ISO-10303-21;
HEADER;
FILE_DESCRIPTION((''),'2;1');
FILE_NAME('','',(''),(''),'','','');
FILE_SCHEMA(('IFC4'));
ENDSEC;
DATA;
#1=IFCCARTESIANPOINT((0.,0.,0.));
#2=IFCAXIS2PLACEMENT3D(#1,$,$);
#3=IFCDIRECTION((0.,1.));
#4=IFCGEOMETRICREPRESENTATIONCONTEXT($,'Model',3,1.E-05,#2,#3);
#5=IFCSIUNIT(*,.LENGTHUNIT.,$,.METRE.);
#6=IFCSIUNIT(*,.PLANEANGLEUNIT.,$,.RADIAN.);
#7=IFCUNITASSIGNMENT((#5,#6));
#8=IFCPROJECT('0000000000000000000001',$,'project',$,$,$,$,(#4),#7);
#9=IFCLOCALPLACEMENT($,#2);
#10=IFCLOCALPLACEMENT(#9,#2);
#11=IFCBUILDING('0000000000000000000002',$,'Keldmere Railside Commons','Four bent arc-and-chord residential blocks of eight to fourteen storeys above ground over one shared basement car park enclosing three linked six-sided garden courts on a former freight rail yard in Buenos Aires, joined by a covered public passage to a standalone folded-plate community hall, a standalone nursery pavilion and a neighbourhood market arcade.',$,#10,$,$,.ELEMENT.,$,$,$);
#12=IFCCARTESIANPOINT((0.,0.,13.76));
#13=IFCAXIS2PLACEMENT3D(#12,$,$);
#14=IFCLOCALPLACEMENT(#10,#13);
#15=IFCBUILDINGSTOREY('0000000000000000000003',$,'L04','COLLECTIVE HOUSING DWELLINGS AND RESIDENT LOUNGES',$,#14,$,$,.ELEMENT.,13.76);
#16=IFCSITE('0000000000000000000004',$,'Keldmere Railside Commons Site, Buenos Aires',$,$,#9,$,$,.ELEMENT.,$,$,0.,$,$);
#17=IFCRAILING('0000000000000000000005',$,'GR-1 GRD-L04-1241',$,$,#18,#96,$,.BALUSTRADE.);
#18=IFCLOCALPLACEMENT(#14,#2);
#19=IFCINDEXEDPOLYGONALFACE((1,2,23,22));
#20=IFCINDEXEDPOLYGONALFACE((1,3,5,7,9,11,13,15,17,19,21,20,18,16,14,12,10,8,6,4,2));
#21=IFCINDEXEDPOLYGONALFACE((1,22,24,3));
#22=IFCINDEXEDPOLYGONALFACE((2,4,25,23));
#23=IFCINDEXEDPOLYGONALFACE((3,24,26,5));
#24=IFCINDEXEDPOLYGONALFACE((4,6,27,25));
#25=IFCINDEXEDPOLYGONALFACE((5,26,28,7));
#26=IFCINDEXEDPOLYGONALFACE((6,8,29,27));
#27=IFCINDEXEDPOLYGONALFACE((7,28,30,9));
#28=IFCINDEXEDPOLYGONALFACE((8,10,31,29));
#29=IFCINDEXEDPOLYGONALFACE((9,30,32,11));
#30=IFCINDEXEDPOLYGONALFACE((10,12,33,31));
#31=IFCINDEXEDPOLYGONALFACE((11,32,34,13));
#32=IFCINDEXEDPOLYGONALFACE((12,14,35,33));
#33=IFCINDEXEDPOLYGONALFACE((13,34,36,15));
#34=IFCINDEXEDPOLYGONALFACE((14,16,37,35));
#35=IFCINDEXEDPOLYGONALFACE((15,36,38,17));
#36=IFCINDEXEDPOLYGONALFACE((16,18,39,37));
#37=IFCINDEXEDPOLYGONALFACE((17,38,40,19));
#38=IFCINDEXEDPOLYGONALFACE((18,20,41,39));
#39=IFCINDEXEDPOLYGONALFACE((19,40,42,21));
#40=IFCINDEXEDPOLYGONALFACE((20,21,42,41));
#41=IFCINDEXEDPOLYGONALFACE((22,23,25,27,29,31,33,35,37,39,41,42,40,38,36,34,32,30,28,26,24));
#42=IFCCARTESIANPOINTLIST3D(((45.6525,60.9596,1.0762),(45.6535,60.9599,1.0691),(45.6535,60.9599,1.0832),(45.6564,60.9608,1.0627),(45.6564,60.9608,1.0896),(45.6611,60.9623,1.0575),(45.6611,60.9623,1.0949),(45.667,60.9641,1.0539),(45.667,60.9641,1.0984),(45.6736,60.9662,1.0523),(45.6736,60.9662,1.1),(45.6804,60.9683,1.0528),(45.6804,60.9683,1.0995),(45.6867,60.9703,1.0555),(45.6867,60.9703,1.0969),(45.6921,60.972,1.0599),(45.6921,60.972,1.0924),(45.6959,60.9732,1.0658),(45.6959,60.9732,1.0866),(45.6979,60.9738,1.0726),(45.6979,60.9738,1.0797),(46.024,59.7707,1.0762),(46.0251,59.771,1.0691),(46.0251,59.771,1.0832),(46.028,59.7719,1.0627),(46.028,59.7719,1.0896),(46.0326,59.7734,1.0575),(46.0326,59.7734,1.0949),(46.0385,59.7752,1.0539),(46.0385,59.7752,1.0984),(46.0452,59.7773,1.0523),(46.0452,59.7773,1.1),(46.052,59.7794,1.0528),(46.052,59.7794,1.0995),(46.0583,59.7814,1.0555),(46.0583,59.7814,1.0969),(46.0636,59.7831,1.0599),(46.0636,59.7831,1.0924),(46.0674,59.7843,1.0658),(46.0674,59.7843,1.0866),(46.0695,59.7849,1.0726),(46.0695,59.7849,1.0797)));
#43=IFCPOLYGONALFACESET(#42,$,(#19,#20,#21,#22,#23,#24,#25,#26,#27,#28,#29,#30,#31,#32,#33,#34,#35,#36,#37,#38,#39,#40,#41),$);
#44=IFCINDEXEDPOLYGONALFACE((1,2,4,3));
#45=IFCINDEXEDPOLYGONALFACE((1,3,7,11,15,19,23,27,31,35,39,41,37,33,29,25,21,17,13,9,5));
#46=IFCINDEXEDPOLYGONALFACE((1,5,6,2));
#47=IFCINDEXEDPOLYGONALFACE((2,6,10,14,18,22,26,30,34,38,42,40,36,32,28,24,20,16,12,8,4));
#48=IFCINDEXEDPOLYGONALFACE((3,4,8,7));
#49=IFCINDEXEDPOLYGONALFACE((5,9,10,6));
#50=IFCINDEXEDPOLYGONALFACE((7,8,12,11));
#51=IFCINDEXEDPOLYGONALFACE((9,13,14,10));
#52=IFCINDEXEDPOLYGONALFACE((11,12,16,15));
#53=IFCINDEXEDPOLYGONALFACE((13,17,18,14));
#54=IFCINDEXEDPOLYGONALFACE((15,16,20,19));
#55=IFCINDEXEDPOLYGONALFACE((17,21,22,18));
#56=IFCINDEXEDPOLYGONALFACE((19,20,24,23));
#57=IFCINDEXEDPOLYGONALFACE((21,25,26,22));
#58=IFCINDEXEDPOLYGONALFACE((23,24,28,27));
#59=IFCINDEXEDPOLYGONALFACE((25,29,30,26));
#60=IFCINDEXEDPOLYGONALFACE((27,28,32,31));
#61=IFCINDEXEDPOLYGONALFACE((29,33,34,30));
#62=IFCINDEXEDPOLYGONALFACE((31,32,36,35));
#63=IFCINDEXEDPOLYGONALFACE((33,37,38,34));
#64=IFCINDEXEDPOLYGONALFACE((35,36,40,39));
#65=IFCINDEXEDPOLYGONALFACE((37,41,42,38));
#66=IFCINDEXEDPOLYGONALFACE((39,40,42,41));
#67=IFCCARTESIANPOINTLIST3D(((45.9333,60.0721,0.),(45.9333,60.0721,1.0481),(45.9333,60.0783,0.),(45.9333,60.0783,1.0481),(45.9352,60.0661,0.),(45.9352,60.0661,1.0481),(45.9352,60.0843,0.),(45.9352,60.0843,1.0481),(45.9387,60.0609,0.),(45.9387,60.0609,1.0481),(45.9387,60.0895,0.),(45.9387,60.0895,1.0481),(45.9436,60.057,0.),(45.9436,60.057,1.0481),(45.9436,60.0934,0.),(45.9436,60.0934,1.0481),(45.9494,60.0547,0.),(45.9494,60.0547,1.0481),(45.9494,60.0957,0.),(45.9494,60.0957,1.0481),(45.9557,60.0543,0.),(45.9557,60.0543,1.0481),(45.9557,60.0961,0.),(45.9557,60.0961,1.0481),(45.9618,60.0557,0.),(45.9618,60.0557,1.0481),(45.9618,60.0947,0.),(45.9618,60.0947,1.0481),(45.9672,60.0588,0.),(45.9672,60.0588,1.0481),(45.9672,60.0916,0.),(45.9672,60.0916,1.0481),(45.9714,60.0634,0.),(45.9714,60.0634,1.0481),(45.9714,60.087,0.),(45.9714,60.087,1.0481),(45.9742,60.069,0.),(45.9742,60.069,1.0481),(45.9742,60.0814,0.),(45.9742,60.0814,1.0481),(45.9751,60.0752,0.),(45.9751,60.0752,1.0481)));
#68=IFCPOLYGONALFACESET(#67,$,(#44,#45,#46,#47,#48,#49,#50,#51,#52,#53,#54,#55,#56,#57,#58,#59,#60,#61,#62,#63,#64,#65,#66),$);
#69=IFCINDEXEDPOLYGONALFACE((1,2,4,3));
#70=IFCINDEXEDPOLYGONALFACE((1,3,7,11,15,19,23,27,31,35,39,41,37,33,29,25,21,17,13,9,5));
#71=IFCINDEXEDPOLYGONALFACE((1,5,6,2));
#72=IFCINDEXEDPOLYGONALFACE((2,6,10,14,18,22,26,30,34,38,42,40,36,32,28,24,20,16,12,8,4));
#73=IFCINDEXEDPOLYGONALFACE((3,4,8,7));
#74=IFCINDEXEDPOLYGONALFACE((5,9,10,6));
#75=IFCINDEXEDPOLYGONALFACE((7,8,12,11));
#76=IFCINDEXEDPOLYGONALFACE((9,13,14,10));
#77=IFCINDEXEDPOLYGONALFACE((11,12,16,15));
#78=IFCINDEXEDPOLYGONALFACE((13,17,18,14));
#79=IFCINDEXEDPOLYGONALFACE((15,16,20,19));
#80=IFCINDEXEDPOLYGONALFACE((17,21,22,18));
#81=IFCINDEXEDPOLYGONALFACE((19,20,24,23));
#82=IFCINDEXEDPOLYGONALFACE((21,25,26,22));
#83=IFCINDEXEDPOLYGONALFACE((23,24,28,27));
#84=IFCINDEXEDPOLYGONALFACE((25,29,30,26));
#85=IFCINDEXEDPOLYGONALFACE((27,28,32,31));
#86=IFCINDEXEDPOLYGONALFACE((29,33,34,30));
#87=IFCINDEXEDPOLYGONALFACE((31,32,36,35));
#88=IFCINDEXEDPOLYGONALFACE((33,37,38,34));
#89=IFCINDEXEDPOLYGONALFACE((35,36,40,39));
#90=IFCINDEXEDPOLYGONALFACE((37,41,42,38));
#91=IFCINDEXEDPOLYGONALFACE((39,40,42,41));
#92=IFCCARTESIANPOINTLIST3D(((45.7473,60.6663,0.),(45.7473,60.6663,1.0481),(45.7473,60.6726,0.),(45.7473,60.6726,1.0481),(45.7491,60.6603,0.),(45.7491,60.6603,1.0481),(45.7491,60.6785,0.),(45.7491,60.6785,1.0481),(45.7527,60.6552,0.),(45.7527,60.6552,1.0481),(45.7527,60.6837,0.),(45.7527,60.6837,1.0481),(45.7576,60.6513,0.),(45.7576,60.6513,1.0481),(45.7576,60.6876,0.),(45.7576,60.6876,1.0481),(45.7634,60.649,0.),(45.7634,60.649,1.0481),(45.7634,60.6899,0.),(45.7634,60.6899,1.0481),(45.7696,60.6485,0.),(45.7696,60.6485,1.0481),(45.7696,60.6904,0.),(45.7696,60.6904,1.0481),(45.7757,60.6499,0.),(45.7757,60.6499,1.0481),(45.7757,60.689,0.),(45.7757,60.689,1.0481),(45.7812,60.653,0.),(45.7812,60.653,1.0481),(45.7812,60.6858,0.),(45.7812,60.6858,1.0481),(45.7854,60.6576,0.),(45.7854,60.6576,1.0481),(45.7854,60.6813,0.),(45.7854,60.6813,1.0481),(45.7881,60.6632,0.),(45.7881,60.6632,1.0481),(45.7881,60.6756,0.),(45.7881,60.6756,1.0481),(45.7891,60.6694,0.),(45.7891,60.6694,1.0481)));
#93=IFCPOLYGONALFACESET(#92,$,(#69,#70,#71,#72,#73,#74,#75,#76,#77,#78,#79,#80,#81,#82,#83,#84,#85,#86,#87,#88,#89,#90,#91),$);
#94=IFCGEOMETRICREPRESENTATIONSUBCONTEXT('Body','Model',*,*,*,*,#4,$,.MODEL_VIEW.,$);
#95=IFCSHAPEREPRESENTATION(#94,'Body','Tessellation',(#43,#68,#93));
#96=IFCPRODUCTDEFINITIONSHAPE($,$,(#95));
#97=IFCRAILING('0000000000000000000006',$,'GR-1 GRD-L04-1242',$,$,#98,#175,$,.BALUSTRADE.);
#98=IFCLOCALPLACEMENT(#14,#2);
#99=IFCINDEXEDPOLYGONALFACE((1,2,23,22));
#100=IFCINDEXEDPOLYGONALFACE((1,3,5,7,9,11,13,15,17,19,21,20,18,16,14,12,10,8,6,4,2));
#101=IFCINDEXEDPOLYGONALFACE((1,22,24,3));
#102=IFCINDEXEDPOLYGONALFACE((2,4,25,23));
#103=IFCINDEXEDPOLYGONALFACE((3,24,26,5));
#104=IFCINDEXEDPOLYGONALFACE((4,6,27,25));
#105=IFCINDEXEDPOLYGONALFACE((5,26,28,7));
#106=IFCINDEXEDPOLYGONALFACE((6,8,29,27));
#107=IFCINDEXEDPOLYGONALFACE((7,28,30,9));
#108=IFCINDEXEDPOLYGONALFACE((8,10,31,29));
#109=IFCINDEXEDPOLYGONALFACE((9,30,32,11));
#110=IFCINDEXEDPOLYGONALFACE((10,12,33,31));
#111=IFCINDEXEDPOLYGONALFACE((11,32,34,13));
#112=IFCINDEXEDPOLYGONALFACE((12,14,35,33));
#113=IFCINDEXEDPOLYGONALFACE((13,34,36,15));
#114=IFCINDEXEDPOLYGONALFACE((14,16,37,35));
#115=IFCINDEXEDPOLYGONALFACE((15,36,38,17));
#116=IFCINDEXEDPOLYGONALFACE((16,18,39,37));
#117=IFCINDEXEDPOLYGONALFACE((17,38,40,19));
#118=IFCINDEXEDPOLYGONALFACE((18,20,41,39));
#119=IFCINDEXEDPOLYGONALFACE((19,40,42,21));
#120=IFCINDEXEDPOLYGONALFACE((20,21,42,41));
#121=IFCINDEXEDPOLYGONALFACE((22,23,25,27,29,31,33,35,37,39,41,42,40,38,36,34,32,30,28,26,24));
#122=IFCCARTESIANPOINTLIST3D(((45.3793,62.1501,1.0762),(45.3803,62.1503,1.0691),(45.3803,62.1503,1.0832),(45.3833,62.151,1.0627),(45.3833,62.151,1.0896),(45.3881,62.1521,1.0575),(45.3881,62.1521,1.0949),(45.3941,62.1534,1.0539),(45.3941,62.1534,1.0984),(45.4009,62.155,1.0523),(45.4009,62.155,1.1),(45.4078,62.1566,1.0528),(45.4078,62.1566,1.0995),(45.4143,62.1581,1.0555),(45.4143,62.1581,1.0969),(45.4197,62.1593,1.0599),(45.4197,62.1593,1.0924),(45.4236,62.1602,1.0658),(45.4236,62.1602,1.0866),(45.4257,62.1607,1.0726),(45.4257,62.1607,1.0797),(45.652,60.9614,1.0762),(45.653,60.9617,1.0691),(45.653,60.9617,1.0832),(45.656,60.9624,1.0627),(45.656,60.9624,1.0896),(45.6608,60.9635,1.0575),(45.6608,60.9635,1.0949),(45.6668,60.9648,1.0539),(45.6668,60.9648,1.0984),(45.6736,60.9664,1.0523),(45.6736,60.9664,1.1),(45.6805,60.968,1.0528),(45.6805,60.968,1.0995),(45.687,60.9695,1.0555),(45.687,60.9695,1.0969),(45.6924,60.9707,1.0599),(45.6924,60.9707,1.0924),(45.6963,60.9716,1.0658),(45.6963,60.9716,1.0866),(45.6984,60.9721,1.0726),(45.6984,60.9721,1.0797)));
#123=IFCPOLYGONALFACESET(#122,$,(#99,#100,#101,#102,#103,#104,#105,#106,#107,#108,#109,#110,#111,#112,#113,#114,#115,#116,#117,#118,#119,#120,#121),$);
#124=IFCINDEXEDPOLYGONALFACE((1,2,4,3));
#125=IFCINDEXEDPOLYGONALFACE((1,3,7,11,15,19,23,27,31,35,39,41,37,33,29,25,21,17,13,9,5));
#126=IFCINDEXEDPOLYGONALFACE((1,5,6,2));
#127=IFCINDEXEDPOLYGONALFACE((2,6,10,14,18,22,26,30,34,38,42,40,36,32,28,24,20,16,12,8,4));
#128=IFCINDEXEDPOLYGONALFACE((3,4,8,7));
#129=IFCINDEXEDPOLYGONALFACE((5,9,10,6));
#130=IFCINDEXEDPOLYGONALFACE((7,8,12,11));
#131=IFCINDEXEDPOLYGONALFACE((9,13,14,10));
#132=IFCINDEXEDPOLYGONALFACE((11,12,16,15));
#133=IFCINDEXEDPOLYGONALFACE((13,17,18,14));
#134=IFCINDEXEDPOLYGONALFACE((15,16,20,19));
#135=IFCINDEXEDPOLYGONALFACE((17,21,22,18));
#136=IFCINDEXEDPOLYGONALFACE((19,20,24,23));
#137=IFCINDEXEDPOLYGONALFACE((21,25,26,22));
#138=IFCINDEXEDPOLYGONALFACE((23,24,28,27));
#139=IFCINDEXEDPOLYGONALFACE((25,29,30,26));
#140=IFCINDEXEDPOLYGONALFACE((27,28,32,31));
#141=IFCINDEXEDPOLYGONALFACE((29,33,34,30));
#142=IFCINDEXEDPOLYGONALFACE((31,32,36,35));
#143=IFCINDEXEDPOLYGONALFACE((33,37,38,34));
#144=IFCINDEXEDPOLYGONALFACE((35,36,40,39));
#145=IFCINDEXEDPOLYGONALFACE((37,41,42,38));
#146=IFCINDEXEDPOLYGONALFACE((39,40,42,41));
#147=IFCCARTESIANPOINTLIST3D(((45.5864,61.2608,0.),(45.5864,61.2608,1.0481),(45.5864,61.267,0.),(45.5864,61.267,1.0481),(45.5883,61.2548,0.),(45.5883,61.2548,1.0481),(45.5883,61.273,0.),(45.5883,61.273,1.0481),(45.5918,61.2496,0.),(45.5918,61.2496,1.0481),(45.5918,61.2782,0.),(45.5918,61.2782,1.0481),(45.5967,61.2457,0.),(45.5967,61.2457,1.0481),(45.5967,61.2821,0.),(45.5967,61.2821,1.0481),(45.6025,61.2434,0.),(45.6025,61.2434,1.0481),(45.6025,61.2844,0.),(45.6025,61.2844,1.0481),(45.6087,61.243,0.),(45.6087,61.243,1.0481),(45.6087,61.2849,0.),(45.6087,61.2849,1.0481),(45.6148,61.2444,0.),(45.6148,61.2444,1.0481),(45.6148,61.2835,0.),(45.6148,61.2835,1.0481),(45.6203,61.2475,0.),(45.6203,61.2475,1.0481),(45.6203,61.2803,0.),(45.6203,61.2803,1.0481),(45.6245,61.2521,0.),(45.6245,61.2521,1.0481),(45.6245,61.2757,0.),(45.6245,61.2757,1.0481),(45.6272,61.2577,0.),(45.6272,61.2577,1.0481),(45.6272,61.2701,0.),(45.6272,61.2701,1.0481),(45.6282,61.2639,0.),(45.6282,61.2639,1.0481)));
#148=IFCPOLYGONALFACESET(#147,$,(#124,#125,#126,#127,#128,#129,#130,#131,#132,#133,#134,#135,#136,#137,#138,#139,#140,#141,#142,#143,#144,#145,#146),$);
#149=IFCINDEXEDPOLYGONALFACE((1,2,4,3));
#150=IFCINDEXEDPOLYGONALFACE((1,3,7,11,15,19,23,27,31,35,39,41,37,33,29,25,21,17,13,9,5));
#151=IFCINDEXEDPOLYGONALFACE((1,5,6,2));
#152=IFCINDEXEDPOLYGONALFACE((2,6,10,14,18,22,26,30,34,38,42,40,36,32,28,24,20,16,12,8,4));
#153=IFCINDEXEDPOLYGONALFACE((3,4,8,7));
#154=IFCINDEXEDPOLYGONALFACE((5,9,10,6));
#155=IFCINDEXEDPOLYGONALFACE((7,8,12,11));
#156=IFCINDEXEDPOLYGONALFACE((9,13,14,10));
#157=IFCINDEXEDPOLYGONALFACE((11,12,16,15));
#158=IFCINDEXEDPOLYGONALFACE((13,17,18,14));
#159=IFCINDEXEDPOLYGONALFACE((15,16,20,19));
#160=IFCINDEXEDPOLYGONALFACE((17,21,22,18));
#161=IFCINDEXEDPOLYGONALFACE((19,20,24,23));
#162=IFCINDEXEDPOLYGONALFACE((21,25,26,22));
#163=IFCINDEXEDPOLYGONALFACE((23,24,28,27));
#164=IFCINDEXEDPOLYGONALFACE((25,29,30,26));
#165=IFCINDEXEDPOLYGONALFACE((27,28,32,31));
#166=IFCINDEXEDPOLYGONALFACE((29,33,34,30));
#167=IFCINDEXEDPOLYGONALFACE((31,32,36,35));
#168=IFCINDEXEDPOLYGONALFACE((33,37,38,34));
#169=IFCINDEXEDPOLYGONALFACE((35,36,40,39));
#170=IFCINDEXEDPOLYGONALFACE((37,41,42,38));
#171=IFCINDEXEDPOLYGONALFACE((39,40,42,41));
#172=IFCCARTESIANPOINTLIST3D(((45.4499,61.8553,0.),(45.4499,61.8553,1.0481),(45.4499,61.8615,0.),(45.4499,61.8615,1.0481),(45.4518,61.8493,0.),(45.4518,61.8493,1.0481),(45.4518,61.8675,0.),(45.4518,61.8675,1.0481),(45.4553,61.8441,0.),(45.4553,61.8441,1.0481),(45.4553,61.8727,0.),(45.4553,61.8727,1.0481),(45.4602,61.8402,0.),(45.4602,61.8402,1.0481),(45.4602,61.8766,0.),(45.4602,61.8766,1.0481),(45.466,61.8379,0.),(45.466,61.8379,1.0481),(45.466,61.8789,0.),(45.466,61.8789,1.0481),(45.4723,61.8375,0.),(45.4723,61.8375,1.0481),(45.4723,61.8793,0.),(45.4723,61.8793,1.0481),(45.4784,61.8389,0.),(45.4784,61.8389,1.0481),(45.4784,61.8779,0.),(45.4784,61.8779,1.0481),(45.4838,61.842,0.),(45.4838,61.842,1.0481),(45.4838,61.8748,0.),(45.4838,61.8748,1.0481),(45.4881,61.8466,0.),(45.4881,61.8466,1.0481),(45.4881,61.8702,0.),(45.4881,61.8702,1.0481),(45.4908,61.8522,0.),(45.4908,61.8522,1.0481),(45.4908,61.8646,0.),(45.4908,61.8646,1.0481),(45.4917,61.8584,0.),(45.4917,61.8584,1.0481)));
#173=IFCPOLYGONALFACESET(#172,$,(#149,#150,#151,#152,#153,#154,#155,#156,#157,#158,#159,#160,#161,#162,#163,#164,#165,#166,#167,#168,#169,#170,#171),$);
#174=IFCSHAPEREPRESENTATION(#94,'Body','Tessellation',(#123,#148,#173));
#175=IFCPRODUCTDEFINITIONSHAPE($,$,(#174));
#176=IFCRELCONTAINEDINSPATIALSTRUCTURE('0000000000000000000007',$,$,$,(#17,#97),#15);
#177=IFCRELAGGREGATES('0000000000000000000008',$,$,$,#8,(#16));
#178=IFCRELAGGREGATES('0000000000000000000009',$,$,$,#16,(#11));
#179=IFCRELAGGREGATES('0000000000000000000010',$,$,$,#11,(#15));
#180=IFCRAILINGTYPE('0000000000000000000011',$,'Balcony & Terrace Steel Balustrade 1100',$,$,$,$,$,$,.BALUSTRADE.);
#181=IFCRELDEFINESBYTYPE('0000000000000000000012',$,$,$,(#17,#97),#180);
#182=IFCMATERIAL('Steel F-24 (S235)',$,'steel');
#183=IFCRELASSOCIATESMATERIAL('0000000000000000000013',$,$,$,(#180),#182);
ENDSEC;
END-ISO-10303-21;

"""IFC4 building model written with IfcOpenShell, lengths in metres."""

from ifc_helpers import new_model, si_unit, direction, frame, origin, origin_2d, place, context, subcontext, project, spatial, circle, extrude, material, type_object, element, save


model = new_model("IFC4")

# Units and contexts
model_context = context("Model", 3, precision=1e-05, world=origin(), true_north=direction((0.0, 1.0)))
body_context = subcontext(model_context, "Body", "Model", "MODEL_VIEW")
ifc_project = project(units=[si_unit("LENGTHUNIT", "METRE"), si_unit("PLANEANGLEUNIT", "RADIAN")], contexts=[model_context])

# Site, building, storey
site_placement = place(None, origin())
site = spatial("IfcSite", under=ifc_project, at=site_placement, Name="Keldmere Railside Commons Site, Buenos Aires", CompositionType="ELEMENT", RefElevation=0.0)
building_placement = place(site_placement, origin())
building = spatial("IfcBuilding", under=site, at=building_placement, Name="Keldmere Railside Commons", Description="Four bent arc-and-chord residential blocks of eight to fourteen storeys above ground over one shared basement car park enclosing three linked six-sided garden courts on a former freight rail yard in Buenos Aires, joined by a covered public passage to a standalone folded-plate community hall, a standalone nursery pavilion and a neighbourhood market arcade.", CompositionType="ELEMENT")
storey_placement = place(building_placement, frame((0.0, 0.0, 13.76)))
storey = spatial("IfcBuildingStorey", under=building, at=storey_placement, Name="L04", Description="COLLECTIVE HOUSING DWELLINGS AND RESIDENT LOUNGES", CompositionType="ELEMENT", Elevation=13.76)

# Railings
ifc_material_1 = material(Name="Steel F-24 (S235)", Category="steel")
railing_type_1 = type_object("IfcRailingType", Name="Balcony & Terrace Steel Balustrade 1100", PredefinedType="BALUSTRADE", material=ifc_material_1)
railing_1_placement = place(storey_placement, frame((46.0469, 59.7778, 0.0)))
element("IfcRailing", 1, at=railing_1_placement, inside=storey, type_object=railing_type_1, Name="GR-1 GRD-L04-1241", PredefinedType="BALUSTRADE", context=body_context, shape_type="SweptSolid", body=[
    extrude(circle(Radius=0.0239, at=origin_2d()), frame((0.0, 0.0, 1.0762), z_axis=(-0.298297, 0.954473, 0.0), x_axis=(-0.954473, -0.298297, 0.0)), (0.0, 0.0, 1.0), 1.2456),
    extrude(circle(Radius=0.021, at=origin_2d()), frame((-0.0928, 0.2974, 0.0)), (0.0, 0.0, 1.0), 1.0481),
    extrude(circle(Radius=0.021, at=origin_2d()), frame((-0.2788, 0.8916, 0.0)), (0.0, 0.0, 1.0), 1.0481),
])
railing_2_placement = place(storey_placement, frame((45.6753, 60.9668, 0.0)))
element("IfcRailing", 2, at=railing_2_placement, inside=storey, type_object=railing_type_1, Name="GR-1 GRD-L04-1242", PredefinedType="BALUSTRADE", context=body_context, shape_type="SweptSolid", body=[
    extrude(circle(Radius=0.0239, at=origin_2d()), frame((0.0, 0.0, 1.0762), z_axis=(-0.223602, 0.974681, 0.0), x_axis=(-0.974681, -0.223602, 0.0)), (0.0, 0.0, 1.0), 1.2195),
    extrude(circle(Radius=0.021, at=origin_2d()), frame((-0.0681, 0.2971, 0.0)), (0.0, 0.0, 1.0), 1.0481),
    extrude(circle(Radius=0.021, at=origin_2d()), frame((-0.2046, 0.8916, 0.0)), (0.0, 0.0, 1.0), 1.0481),
])

save(model, "model.ifc")
